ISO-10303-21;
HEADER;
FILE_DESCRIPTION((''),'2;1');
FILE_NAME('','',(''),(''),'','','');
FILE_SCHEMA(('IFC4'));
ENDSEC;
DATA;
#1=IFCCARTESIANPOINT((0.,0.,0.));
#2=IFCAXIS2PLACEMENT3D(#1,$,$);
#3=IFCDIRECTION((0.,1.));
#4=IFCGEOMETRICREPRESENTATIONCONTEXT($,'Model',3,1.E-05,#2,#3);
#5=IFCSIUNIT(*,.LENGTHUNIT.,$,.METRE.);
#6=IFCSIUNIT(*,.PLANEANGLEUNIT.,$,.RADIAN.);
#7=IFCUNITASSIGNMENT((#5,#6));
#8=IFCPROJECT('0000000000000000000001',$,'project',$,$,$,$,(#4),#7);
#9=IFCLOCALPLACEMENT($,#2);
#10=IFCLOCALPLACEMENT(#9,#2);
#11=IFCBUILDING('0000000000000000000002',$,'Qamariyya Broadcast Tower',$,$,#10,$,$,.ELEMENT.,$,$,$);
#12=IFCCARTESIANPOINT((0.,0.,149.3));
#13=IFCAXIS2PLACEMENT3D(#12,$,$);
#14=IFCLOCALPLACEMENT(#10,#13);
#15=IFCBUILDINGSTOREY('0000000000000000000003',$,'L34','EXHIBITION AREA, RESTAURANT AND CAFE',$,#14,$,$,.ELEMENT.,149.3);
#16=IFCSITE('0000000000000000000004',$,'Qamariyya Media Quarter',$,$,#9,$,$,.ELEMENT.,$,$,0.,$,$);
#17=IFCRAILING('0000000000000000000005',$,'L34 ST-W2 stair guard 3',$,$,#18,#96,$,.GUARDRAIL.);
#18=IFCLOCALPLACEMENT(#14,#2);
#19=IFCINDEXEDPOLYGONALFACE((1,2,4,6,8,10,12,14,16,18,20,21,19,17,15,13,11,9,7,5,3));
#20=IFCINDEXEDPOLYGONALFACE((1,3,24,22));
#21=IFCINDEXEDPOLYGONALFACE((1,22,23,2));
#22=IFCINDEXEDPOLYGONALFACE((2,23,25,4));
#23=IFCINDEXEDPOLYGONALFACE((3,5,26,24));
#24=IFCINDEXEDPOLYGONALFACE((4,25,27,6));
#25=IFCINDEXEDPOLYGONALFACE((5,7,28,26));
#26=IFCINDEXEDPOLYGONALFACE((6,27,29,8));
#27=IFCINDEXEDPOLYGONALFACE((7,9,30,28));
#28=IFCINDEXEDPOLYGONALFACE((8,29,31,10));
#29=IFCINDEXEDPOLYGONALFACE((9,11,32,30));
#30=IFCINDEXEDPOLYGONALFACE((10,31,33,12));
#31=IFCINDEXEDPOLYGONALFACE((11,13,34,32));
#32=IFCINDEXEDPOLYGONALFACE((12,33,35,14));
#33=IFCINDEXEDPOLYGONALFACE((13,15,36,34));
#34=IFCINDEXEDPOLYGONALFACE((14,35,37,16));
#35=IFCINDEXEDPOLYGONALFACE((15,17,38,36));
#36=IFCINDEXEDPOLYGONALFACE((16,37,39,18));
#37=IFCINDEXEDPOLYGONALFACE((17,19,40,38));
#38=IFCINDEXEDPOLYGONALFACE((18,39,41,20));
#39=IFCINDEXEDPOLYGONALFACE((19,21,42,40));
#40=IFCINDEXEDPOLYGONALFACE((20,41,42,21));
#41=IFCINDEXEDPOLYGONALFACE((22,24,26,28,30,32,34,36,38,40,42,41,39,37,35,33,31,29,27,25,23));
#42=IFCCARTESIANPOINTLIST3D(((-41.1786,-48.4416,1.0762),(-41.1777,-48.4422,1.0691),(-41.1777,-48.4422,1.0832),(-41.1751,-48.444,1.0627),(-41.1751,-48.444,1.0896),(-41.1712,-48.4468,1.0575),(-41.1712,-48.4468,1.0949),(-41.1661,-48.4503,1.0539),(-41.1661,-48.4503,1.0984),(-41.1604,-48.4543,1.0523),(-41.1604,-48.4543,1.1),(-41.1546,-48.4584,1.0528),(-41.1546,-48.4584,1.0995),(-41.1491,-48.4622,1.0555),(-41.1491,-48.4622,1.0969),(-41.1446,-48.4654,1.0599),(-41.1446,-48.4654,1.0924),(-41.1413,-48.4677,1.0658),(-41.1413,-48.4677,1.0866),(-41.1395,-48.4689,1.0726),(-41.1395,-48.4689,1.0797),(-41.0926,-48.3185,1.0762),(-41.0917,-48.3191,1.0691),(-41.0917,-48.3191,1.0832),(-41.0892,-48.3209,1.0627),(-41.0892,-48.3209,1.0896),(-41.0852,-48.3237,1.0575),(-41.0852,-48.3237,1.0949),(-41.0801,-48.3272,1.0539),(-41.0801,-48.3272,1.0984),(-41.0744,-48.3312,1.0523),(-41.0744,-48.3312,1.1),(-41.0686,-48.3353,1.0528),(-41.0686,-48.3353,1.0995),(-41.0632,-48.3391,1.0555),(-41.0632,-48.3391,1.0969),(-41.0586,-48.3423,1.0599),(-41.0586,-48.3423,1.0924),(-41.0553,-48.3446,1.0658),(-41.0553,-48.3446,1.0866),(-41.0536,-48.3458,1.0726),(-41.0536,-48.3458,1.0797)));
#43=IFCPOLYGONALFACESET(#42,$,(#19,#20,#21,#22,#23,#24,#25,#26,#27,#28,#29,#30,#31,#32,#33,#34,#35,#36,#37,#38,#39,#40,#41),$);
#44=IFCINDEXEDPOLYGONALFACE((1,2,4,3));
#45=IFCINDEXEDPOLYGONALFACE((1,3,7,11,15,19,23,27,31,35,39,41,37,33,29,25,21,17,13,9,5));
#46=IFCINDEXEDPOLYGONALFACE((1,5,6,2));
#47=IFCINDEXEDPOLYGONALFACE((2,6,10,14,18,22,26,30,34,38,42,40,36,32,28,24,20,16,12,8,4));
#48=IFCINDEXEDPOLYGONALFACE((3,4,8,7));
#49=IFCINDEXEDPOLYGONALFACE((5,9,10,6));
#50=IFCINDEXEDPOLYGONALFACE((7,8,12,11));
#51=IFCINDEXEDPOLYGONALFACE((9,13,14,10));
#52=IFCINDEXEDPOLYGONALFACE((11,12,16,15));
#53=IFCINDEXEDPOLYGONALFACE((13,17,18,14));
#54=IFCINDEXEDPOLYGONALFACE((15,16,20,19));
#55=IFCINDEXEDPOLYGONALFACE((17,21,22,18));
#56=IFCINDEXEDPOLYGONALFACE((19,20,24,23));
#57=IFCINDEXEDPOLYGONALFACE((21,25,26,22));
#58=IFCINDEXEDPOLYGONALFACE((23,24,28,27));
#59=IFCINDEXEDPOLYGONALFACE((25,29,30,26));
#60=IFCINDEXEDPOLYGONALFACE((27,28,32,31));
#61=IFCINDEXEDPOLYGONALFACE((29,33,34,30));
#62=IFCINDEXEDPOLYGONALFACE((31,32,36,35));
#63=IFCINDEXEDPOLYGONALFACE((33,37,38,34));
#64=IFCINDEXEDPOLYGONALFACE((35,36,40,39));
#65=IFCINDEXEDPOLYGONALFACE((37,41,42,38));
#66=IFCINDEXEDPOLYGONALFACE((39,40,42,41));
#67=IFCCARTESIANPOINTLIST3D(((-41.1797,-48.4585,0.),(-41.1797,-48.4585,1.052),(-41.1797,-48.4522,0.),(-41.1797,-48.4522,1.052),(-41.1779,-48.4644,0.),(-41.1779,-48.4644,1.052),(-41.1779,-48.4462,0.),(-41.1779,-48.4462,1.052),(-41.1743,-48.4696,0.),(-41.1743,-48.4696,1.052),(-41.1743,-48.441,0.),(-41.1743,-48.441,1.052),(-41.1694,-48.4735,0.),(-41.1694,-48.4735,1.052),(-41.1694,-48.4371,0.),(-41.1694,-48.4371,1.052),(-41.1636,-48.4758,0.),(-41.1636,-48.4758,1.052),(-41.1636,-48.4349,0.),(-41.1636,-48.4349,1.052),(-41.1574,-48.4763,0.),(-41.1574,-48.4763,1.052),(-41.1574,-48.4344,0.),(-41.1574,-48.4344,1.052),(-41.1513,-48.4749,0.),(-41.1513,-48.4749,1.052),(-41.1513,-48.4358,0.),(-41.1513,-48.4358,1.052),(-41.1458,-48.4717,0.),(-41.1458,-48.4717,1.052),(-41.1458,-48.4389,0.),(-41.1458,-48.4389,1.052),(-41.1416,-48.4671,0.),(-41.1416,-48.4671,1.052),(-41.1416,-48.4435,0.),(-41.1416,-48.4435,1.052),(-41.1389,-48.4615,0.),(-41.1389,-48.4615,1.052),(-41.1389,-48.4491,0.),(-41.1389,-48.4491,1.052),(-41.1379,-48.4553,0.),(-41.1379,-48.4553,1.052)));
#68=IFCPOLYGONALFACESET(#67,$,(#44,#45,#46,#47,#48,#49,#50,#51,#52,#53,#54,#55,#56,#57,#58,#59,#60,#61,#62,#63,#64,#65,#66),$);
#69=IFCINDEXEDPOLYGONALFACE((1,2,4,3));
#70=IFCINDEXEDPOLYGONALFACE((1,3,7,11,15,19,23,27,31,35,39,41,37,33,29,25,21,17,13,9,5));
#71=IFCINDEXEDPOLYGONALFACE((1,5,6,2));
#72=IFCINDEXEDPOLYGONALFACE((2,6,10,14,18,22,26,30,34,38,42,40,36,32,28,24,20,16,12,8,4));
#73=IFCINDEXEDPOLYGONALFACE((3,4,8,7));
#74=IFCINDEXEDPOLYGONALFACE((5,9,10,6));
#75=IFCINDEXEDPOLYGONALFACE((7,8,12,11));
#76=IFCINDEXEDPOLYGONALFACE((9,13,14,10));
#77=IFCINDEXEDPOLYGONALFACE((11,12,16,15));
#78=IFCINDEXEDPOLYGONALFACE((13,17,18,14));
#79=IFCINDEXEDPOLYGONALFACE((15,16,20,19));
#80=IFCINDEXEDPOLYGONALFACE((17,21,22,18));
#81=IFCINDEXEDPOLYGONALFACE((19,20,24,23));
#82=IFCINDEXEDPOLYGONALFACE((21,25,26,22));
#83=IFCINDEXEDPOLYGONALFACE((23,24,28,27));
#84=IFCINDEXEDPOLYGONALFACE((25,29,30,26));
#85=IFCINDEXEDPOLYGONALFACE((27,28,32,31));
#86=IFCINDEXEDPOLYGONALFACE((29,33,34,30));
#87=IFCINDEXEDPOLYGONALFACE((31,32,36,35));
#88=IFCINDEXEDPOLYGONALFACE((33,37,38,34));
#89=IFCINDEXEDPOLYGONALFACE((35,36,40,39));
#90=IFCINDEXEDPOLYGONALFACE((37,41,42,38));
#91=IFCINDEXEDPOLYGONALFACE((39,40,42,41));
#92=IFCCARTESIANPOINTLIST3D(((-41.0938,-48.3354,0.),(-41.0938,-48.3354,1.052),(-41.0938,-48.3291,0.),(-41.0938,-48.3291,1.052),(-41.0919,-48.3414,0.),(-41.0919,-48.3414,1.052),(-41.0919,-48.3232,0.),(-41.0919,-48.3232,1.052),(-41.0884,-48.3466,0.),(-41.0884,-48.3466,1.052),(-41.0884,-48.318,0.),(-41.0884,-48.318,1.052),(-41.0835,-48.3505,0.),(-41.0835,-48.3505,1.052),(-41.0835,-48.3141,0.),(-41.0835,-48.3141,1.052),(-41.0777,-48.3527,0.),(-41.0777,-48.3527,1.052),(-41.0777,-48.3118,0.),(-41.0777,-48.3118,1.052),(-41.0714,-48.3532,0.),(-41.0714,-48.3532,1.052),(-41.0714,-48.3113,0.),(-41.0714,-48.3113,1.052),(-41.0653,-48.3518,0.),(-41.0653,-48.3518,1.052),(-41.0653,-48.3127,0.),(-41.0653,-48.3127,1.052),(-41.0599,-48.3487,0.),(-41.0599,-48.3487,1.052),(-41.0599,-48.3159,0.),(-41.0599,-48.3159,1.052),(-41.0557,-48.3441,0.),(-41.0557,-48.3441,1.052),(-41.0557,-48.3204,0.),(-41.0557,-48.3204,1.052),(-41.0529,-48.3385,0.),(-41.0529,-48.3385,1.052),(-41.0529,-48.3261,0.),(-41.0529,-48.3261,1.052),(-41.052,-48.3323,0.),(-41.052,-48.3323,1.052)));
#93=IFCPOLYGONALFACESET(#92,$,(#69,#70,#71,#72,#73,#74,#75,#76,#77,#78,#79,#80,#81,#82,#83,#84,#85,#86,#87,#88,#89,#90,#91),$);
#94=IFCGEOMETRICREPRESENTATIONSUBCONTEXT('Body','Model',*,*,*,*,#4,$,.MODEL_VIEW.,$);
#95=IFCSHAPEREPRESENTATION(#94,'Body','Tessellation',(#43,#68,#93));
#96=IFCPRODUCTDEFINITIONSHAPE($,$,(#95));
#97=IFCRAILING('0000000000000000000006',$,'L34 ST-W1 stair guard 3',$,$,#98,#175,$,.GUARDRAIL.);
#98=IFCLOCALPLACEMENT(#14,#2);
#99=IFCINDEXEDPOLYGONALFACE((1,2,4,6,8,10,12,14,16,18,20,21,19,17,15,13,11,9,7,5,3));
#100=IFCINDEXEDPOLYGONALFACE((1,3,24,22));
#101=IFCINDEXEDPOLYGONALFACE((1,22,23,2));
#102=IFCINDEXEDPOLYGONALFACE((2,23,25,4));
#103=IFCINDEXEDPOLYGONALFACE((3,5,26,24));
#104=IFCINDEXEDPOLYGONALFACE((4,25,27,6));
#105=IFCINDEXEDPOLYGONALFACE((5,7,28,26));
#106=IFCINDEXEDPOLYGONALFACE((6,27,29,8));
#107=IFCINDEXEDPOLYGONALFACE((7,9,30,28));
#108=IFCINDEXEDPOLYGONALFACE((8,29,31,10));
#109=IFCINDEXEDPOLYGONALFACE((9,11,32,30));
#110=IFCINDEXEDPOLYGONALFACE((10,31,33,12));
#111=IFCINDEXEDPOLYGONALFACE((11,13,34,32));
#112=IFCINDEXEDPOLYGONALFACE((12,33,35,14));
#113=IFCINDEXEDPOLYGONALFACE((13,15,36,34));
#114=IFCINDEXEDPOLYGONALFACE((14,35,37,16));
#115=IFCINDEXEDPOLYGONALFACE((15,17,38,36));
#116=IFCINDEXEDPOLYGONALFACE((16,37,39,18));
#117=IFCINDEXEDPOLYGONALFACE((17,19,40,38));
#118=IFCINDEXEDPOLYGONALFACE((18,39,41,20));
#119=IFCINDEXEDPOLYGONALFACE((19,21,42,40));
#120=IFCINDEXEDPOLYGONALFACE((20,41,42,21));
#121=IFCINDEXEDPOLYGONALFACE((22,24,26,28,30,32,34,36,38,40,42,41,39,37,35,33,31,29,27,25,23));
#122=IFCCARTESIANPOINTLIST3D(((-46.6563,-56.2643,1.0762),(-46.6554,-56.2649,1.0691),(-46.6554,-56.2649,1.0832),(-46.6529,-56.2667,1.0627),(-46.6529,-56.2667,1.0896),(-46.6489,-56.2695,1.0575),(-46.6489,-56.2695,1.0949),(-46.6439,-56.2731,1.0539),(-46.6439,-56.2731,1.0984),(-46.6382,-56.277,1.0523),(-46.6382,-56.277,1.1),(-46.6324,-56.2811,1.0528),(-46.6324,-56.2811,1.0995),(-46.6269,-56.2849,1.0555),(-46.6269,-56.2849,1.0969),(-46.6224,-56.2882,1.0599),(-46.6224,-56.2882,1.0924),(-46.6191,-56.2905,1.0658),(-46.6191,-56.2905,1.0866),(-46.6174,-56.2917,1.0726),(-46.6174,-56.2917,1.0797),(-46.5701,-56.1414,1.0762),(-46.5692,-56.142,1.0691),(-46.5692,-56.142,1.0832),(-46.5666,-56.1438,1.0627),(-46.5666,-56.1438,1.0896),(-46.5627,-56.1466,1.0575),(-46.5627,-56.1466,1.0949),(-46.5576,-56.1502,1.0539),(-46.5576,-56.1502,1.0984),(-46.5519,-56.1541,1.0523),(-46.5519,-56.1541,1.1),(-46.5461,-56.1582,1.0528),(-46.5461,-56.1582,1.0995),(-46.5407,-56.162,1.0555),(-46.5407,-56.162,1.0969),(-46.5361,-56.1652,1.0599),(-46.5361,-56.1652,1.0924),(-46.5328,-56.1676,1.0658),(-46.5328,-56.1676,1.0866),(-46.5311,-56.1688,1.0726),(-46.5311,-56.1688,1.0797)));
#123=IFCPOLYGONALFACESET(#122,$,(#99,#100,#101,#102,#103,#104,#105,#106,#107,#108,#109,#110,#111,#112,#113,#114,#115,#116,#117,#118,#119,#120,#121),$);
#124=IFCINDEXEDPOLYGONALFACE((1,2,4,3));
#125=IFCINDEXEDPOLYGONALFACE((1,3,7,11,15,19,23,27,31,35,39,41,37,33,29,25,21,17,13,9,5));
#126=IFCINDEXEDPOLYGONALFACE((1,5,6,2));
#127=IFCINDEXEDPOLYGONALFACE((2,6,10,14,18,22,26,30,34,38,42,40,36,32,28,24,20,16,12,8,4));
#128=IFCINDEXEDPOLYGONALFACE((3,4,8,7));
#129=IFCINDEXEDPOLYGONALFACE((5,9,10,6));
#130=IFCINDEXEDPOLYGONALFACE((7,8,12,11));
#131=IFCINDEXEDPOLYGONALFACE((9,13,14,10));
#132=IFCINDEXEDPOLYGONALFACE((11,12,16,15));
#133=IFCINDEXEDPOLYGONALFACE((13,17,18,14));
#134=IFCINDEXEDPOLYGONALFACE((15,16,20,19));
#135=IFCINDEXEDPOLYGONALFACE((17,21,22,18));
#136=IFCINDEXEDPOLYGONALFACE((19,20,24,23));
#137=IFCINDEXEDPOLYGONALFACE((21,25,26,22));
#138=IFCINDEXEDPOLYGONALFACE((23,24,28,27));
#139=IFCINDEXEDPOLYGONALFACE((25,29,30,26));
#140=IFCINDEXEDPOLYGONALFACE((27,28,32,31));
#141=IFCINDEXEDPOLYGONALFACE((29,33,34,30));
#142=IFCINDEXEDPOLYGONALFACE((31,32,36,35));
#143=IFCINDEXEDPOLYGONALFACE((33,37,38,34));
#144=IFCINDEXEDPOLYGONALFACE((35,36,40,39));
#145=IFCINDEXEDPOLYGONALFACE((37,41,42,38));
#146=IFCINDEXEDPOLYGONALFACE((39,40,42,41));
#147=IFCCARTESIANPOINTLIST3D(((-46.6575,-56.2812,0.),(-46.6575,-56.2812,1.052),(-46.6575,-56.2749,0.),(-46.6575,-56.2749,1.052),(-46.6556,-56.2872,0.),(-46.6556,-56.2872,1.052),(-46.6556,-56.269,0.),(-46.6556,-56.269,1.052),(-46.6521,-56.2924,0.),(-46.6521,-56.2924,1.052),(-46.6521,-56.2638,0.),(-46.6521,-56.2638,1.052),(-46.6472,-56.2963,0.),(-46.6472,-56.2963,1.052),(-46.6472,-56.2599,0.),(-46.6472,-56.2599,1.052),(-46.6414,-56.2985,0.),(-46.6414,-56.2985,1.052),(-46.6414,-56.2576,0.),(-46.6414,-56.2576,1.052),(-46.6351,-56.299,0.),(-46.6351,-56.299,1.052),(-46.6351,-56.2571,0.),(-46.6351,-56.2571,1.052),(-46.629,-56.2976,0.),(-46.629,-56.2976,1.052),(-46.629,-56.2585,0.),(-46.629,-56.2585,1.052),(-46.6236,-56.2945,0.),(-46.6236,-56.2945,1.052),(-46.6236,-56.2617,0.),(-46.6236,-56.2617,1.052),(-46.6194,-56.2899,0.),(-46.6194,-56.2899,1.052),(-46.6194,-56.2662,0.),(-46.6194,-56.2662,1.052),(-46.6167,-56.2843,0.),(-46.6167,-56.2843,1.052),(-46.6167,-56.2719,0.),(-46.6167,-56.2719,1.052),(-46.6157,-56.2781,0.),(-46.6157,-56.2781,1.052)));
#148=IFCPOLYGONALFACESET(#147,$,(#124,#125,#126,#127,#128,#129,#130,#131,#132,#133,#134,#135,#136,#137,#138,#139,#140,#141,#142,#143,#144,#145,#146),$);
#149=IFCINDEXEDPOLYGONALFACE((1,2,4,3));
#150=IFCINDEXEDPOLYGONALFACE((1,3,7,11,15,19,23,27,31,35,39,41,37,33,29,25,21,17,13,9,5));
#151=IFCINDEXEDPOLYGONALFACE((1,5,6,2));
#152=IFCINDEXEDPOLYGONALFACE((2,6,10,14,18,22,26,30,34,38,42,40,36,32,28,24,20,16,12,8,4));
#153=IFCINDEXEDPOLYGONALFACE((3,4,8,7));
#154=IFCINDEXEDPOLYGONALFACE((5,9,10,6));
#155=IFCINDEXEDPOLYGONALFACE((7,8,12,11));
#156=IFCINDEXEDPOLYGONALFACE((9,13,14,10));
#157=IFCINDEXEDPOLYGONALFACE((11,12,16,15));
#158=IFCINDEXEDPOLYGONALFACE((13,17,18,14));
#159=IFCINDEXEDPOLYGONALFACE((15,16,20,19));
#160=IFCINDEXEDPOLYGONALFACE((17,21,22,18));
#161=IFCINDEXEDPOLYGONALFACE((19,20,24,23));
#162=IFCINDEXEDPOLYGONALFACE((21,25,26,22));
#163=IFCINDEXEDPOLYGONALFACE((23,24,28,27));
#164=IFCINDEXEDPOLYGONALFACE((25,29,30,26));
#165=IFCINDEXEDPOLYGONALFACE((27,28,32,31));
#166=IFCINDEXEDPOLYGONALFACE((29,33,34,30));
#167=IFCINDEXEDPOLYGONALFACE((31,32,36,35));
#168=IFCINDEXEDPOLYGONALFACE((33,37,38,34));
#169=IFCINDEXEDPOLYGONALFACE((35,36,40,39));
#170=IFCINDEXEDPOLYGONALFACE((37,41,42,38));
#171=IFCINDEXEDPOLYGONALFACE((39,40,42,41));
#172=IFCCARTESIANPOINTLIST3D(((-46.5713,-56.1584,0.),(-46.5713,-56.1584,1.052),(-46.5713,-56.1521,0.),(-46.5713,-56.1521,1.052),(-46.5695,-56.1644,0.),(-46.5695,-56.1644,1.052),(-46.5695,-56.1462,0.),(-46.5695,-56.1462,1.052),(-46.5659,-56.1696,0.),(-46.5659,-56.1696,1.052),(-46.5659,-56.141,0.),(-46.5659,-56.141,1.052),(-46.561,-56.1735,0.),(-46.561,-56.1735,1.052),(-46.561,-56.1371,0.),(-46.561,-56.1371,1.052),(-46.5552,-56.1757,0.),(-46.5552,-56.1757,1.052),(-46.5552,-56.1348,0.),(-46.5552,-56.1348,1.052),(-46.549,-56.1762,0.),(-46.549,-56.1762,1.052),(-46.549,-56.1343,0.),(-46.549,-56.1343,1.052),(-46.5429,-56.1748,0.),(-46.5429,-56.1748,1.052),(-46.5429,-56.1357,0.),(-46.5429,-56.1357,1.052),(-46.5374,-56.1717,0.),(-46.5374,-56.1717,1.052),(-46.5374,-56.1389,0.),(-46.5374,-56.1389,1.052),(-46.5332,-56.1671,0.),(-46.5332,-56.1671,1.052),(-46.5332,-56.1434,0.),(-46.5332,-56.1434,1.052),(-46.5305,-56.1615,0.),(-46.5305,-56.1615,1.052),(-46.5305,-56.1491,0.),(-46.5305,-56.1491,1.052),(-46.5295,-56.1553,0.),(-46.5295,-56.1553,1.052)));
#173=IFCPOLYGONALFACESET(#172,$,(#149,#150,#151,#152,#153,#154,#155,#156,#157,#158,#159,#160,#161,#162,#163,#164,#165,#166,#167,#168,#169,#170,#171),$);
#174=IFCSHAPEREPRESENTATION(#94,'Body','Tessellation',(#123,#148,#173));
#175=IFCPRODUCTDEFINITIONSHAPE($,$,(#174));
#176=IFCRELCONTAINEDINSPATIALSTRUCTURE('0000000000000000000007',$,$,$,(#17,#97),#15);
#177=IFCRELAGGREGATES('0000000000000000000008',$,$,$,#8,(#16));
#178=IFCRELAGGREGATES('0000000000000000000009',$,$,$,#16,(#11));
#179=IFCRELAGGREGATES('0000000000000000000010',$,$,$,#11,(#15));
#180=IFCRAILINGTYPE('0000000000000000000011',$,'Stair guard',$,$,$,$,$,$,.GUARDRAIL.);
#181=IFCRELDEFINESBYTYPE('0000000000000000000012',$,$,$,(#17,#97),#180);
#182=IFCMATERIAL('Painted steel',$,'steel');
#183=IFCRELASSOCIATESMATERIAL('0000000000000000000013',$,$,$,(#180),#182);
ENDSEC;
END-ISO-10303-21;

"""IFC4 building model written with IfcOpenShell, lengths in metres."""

from ifc_helpers import new_model, si_unit, direction, frame, origin, origin_2d, place, context, subcontext, project, spatial, circle, extrude, material, type_object, element, save


model = new_model("IFC4")

# Units and contexts
model_context = context("Model", 3, precision=1e-05, world=origin(), true_north=direction((0.0, 1.0)))
body_context = subcontext(model_context, "Body", "Model", "MODEL_VIEW")
ifc_project = project(units=[si_unit("LENGTHUNIT", "METRE"), si_unit("PLANEANGLEUNIT", "RADIAN")], contexts=[model_context])

# Site, building, storey
site_placement = place(None, origin())
site = spatial("IfcSite", under=ifc_project, at=site_placement, Name="Qamariyya Media Quarter", CompositionType="ELEMENT", RefElevation=0.0)
building_placement = place(site_placement, origin())
building = spatial("IfcBuilding", under=site, at=building_placement, Name="Qamariyya Broadcast Tower", CompositionType="ELEMENT")
storey_placement = place(building_placement, frame((0.0, 0.0, 149.3)))
storey = spatial("IfcBuildingStorey", under=building, at=storey_placement, Name="L34", Description="EXHIBITION AREA, RESTAURANT AND CAFE", CompositionType="ELEMENT", Elevation=149.3)

# Railings
ifc_material_1 = material(Name="Painted steel", Category="steel")
railing_type_1 = type_object("IfcRailingType", Name="Stair guard", PredefinedType="GUARDRAIL", material=ifc_material_1)
railing_1_placement = place(storey_placement, frame((-41.1589, -48.4553, 0.0)))
element("IfcRailing", 1, at=railing_1_placement, inside=storey, type_object=railing_type_1, Name="L34 ST-W2 stair guard 3", PredefinedType="GUARDRAIL", context=body_context, shape_type="SweptSolid", body=[
    extrude(circle(Radius=0.0239, at=origin_2d()), frame((0.0, 0.0, 1.0762), z_axis=(0.572589, 0.819843, 0.0), x_axis=(-0.819843, 0.572589, 0.0)), (0.0, 0.0, 1.0), 0.1501),
    extrude(circle(Radius=0.021, at=origin_2d()), origin(), (0.0, 0.0, 1.0), 1.052),
    extrude(circle(Radius=0.021, at=origin_2d()), frame((0.0859, 0.123, 0.0)), (0.0, 0.0, 1.0), 1.052),
])
railing_2_placement = place(storey_placement, frame((-46.6367, -56.2781, 0.0)))
element("IfcRailing", 2, at=railing_2_placement, inside=storey, type_object=railing_type_1, Name="L34 ST-W1 stair guard 3", PredefinedType="GUARDRAIL", context=body_context, shape_type="SweptSolid", body=[
    extrude(circle(Radius=0.0239, at=origin_2d()), frame((0.0, 0.0, 1.0762), z_axis=(0.574445, 0.818543, 0.0), x_axis=(-0.818543, 0.574445, 0.0)), (0.0, 0.0, 1.0), 0.1501),
    extrude(circle(Radius=0.021, at=origin_2d()), origin(), (0.0, 0.0, 1.0), 1.052),
    extrude(circle(Radius=0.021, at=origin_2d()), frame((0.0862, 0.1228, 0.0)), (0.0, 0.0, 1.0), 1.052),
])

save(model, "model.ifc")
